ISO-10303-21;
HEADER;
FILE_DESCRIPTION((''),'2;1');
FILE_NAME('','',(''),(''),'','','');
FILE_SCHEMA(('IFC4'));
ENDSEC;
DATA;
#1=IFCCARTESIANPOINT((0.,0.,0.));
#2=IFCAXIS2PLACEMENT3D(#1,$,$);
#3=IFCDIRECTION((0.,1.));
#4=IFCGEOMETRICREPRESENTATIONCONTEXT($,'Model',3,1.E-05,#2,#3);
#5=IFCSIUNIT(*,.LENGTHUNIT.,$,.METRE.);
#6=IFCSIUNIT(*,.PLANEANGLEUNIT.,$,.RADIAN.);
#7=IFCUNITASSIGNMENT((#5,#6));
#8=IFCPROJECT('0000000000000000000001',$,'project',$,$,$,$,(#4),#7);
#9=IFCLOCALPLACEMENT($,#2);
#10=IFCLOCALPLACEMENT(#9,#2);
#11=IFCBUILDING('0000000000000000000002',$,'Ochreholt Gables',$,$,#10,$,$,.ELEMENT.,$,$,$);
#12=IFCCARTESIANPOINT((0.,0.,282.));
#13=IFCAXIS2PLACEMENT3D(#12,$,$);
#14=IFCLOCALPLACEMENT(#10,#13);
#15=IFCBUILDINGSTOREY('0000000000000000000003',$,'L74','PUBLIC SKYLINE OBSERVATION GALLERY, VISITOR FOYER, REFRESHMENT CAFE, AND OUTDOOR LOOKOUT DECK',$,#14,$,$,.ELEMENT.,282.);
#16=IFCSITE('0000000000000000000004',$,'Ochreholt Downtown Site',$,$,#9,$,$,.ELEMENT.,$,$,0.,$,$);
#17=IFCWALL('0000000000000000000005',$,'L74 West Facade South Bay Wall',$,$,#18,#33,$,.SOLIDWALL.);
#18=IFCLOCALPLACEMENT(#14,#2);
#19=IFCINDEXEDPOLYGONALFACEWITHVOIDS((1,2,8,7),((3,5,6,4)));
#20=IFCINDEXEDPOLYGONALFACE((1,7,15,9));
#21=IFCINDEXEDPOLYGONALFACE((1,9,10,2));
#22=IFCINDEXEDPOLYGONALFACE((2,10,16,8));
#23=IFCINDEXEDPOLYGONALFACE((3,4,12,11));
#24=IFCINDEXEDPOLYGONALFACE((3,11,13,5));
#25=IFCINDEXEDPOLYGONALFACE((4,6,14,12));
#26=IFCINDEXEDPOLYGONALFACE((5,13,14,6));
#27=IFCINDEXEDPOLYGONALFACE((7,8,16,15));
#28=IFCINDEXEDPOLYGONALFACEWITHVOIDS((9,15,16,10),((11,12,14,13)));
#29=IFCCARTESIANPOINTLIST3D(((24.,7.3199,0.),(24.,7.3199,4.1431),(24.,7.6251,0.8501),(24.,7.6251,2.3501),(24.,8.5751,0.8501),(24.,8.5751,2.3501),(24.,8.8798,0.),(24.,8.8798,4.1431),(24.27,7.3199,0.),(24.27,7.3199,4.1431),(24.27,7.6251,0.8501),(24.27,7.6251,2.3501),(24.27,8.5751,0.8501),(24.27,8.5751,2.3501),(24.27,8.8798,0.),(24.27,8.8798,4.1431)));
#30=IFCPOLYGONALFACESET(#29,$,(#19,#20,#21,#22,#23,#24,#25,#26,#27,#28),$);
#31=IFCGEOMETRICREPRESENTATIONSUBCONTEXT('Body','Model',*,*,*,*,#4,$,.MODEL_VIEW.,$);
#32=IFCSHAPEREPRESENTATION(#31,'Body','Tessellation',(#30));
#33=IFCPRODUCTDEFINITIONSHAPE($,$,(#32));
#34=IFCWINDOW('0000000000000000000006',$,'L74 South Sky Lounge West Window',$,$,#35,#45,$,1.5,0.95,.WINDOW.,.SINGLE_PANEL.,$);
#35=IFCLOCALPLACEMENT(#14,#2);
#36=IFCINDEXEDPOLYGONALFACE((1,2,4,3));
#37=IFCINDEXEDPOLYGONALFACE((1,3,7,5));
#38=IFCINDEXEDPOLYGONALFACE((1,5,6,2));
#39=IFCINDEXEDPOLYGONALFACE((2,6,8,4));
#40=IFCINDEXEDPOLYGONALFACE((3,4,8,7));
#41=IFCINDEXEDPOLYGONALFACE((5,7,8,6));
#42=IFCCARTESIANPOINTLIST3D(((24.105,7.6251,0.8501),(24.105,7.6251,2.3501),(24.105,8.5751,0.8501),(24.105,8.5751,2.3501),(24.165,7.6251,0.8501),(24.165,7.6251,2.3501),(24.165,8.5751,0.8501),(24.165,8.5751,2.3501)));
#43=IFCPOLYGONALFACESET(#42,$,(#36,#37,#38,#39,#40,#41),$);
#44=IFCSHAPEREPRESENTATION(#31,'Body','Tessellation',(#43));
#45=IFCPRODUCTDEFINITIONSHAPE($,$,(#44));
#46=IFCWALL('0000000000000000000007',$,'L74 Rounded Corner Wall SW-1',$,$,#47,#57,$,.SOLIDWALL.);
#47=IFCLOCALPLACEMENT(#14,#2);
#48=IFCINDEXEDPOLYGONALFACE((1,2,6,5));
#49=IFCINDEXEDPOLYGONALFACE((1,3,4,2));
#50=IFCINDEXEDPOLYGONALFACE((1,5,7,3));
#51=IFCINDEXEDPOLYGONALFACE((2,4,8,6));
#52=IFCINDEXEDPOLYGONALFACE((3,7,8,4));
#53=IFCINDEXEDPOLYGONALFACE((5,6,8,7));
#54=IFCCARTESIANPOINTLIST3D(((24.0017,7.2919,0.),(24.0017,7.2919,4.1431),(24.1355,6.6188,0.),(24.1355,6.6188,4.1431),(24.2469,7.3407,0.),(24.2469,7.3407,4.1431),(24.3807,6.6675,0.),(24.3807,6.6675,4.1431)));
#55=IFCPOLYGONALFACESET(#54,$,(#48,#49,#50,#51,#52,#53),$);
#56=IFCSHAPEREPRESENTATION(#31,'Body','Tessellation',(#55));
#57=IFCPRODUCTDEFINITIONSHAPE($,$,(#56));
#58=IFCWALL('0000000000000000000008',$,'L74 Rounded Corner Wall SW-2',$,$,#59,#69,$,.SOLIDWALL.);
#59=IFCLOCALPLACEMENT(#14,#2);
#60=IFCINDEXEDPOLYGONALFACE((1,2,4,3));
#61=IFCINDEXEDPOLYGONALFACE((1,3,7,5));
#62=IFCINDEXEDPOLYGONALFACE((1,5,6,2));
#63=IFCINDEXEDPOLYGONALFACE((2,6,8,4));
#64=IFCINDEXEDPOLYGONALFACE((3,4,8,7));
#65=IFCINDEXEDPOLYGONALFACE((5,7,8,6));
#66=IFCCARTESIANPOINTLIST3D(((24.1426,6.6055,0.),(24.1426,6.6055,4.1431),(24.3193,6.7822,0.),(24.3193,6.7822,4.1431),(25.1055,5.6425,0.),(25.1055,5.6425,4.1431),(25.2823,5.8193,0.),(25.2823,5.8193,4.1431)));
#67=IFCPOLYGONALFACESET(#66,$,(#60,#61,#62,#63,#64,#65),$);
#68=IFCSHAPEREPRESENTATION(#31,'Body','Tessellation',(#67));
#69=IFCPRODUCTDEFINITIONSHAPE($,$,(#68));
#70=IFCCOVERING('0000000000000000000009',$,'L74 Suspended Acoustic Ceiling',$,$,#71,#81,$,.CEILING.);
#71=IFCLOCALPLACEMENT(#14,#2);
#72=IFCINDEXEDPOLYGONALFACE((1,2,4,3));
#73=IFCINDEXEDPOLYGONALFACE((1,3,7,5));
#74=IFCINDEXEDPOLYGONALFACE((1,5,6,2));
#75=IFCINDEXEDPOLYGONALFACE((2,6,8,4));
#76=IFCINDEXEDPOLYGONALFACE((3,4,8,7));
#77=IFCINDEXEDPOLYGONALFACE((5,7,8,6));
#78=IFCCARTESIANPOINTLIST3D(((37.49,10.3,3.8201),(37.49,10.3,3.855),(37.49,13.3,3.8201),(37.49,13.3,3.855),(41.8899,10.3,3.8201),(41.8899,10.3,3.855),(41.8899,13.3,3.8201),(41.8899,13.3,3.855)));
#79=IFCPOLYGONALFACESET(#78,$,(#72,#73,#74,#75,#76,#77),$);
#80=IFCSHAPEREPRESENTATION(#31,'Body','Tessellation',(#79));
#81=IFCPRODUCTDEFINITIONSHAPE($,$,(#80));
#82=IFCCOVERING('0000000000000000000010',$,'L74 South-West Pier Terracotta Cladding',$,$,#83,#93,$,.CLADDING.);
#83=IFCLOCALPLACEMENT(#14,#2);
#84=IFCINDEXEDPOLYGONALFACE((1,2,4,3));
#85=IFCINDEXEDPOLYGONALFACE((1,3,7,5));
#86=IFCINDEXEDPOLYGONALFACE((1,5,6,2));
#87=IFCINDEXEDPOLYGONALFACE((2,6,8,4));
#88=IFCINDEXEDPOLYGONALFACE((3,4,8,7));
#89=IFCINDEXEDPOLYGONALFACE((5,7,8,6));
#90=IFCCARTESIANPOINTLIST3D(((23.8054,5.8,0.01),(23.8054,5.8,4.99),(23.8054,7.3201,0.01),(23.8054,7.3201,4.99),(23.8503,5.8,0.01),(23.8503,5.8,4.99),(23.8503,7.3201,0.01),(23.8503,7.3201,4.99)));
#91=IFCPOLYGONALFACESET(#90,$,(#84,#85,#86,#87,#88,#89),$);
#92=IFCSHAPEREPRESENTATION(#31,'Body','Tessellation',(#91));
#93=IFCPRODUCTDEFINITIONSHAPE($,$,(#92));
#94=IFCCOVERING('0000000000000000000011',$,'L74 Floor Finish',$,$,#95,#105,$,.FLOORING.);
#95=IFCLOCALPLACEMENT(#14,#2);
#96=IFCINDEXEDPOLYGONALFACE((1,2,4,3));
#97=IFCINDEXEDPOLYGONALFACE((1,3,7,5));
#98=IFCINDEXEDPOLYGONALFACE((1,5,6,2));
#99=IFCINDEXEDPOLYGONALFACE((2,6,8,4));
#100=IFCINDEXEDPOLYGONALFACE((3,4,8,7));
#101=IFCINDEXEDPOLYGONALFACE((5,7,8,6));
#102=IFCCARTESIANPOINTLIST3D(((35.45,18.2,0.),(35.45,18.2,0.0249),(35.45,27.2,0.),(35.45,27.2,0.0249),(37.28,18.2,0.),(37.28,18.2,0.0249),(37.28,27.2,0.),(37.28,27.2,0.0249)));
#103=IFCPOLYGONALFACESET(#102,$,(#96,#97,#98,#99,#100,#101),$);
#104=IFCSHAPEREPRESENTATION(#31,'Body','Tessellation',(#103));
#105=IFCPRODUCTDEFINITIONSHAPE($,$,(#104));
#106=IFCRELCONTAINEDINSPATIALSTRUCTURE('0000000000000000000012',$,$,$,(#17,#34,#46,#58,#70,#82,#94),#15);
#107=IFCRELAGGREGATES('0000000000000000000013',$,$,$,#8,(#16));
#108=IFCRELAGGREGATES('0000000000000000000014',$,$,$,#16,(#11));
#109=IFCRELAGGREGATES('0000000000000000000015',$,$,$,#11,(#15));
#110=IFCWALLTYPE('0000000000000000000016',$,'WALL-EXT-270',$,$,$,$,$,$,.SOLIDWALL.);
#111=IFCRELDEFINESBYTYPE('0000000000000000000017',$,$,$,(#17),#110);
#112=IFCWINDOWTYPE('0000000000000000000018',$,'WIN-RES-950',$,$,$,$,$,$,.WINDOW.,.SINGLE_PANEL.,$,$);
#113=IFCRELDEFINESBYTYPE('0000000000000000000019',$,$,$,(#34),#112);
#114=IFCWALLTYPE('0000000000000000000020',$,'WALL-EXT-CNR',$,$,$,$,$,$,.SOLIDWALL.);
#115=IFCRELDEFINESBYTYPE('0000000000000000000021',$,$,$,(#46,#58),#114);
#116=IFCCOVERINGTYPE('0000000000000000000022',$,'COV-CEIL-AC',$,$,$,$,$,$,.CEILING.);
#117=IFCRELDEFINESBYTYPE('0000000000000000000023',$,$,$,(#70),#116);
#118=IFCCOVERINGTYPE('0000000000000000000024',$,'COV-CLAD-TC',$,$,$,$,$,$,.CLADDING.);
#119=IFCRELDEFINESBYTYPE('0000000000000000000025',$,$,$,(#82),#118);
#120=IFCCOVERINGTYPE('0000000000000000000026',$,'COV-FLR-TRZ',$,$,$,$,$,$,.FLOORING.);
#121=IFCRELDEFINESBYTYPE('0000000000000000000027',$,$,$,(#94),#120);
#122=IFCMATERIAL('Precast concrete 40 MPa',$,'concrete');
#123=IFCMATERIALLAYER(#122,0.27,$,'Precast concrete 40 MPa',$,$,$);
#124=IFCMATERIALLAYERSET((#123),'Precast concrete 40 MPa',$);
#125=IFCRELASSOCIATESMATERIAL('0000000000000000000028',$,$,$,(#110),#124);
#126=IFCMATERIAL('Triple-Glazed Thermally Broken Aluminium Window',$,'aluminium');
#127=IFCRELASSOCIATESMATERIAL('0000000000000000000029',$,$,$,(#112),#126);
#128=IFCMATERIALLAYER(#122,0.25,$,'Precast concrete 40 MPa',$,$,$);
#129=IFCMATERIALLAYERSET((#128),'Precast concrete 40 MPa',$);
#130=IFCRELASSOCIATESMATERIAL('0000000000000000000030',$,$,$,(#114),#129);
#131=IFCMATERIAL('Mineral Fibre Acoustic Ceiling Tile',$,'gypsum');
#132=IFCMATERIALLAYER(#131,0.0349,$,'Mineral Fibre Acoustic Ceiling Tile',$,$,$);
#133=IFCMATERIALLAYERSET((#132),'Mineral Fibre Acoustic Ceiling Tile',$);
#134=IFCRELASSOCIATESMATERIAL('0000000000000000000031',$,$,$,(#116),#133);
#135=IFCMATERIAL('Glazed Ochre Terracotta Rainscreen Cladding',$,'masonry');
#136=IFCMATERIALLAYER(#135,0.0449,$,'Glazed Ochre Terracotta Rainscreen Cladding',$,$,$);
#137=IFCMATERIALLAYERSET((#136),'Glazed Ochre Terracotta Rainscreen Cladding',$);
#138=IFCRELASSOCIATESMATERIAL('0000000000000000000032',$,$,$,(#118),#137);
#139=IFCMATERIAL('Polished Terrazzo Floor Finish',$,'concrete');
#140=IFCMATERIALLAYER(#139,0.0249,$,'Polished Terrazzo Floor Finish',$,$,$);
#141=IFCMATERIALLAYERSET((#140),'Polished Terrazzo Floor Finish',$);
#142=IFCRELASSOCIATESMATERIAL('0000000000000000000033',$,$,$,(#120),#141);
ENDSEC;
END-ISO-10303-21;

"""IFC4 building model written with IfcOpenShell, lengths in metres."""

from ifc_helpers import new_model, si_unit, direction, frame, frame_2d, origin, origin_2d, place, context, subcontext, project, spatial, polyline, rectangle, outline, extrude, material, layer, layer_set, type_object, element, fill, save


model = new_model("IFC4")

# Units and contexts
model_context = context("Model", 3, precision=1e-05, world=origin(), true_north=direction((0.0, 1.0)))
body_context = subcontext(model_context, "Body", "Model", "MODEL_VIEW")
ifc_project = project(units=[si_unit("LENGTHUNIT", "METRE"), si_unit("PLANEANGLEUNIT", "RADIAN")], contexts=[model_context])

# Site, building, storey
site_placement = place(None, origin())
site = spatial("IfcSite", under=ifc_project, at=site_placement, Name="Ochreholt Downtown Site", CompositionType="ELEMENT", RefElevation=0.0)
building_placement = place(site_placement, origin())
building = spatial("IfcBuilding", under=site, at=building_placement, Name="Ochreholt Gables", CompositionType="ELEMENT")
storey_placement = place(building_placement, frame((0.0, 0.0, 282.0)))
storey = spatial("IfcBuildingStorey", under=building, at=storey_placement, Name="L74", Description="PUBLIC SKYLINE OBSERVATION GALLERY, VISITOR FOYER, REFRESHMENT CAFE, AND OUTDOOR LOOKOUT DECK", CompositionType="ELEMENT", Elevation=282.0)

# Shared definitions
ifc_material_1 = material(Name="Triple-Glazed Thermally Broken Aluminium Window", Category="aluminium")

# Wall, opening, window
ifc_material_2 = material(Name="Precast concrete 40 MPa", Category="concrete")
ifc_layer_1 = layer(ifc_material_2, 0.27, Name="Precast concrete 40 MPa")
ifc_layer_set_1 = layer_set([ifc_layer_1], Name="Precast concrete 40 MPa")
wall_type_1 = type_object("IfcWallType", Name="WALL-EXT-270", PredefinedType="SOLIDWALL", material=ifc_layer_set_1)
wall_1_placement = place(storey_placement, frame((24.135, 7.3201, 0.0), z_axis=(0.0, 0.0, 1.0), x_axis=(0.0, 1.0, 0.0)))
wall_1 = element("IfcWall", 1, at=wall_1_placement, inside=storey, type_object=wall_type_1, Name="L74 West Facade South Bay Wall", PredefinedType="SOLIDWALL", context=body_context, shape_type="SweptSolid", body=[
    extrude(rectangle(XDim=1.5598, YDim=0.27, at=frame_2d((0.7798, 0.0))), origin(), (0.0, 0.0, 1.0), 4.1431),
])
opening_1_placement = place(wall_1_placement, frame((0.3049, 0.0, 0.8501)))
opening_1 = element("IfcOpeningElement", 2, at=opening_1_placement, cuts=wall_1, PredefinedType="OPENING", context=body_context, shape_type="SweptSolid", body=[
    extrude(rectangle(XDim=0.95, YDim=1.5, at=frame_2d((0.4751, 0.75))), frame((0.0, 0.145, 0.0), z_axis=(0.0, -1.0, 0.0), x_axis=(1.0, 0.0, 0.0)), (0.0, 0.0, 1.0), 0.29),
])
window_type_1 = type_object("IfcWindowType", Name="WIN-RES-950", PartitioningType="SINGLE_PANEL", PredefinedType="WINDOW", material=ifc_material_1)
window_1_placement = place(opening_1_placement, origin())
window_1 = element("IfcWindow", 3, at=window_1_placement, inside=storey, type_object=window_type_1, Name="L74 South Sky Lounge West Window", OverallHeight=1.5, OverallWidth=0.95, PartitioningType="SINGLE_PANEL", PredefinedType="WINDOW", context=body_context, shape_type="SweptSolid", body=[
    extrude(rectangle(XDim=0.95, YDim=1.5, at=frame_2d((0.4751, 0.75))), frame((0.0, 0.03, 0.0), z_axis=(0.0, -1.0, 0.0), x_axis=(1.0, 0.0, 0.0)), (0.0, 0.0, 1.0), 0.0601),
])
fill(opening_1, window_1)

# Walls
ifc_layer_2 = layer(ifc_material_2, 0.25, Name="Precast concrete 40 MPa")
ifc_layer_set_2 = layer_set([ifc_layer_2], Name="Precast concrete 40 MPa")
wall_type_2 = type_object("IfcWallType", Name="WALL-EXT-CNR", PredefinedType="SOLIDWALL", material=ifc_layer_set_2)
wall_2_placement = place(storey_placement, frame((24.1243, 7.3164, 0.0), z_axis=(0.0, 0.0, 1.0), x_axis=(0.194953, -0.980813, 0.0)))
element("IfcWall", 4, at=wall_2_placement, inside=storey, type_object=wall_type_2, Name="L74 Rounded Corner Wall SW-1", PredefinedType="SOLIDWALL", context=body_context, shape_type="SweptSolid", body=[
    extrude(rectangle(XDim=0.6863, YDim=0.25, at=frame_2d((0.3433, 0.0))), origin(), (0.0, 0.0, 1.0), 4.1431),
])
wall_3_placement = place(storey_placement, frame((24.231, 6.6938, 0.0), z_axis=(0.0, 0.0, 1.0), x_axis=(0.707107, -0.707107, 0.0)))
element("IfcWall", 5, at=wall_3_placement, inside=storey, type_object=wall_type_2, Name="L74 Rounded Corner Wall SW-2", PredefinedType="SOLIDWALL", context=body_context, shape_type="SweptSolid", body=[
    extrude(rectangle(XDim=1.3618, YDim=0.25, at=frame_2d((0.6809, 0.0))), origin(), (0.0, 0.0, 1.0), 4.1431),
])

# Coverings
ifc_material_3 = material(Name="Mineral Fibre Acoustic Ceiling Tile", Category="gypsum")
ifc_layer_3 = layer(ifc_material_3, 0.0349, Name="Mineral Fibre Acoustic Ceiling Tile")
ifc_layer_set_3 = layer_set([ifc_layer_3], Name="Mineral Fibre Acoustic Ceiling Tile")
covering_type_1 = type_object("IfcCoveringType", Name="COV-CEIL-AC", PredefinedType="CEILING", material=ifc_layer_set_3)
covering_1_placement = place(storey_placement, frame((0.0, 0.0, 3.8201)))
element("IfcCovering", 6, at=covering_1_placement, inside=storey, type_object=covering_type_1, Name="L74 Suspended Acoustic Ceiling", PredefinedType="CEILING", context=body_context, shape_type="SweptSolid", body=[
    extrude(outline(polyline([(37.49, 10.3), (41.8899, 10.3), (41.8899, 13.3), (37.49, 13.3), (37.49, 10.3)])), origin(), (0.0, 0.0, 1.0), 0.0349),
])
ifc_material_4 = material(Name="Glazed Ochre Terracotta Rainscreen Cladding", Category="masonry")
ifc_layer_4 = layer(ifc_material_4, 0.0449, Name="Glazed Ochre Terracotta Rainscreen Cladding")
ifc_layer_set_4 = layer_set([ifc_layer_4], Name="Glazed Ochre Terracotta Rainscreen Cladding")
covering_type_2 = type_object("IfcCoveringType", Name="COV-CLAD-TC", PredefinedType="CLADDING", material=ifc_layer_set_4)
covering_2_placement = place(storey_placement, frame((23.8279, 6.5601, 0.01), z_axis=(0.0, 0.0, 1.0), x_axis=(0.0, 1.0, 0.0)))
element("IfcCovering", 7, at=covering_2_placement, inside=storey, type_object=covering_type_2, Name="L74 South-West Pier Terracotta Cladding", PredefinedType="CLADDING", context=body_context, shape_type="SweptSolid", body=[
    extrude(rectangle(XDim=1.52, YDim=0.0449, at=origin_2d()), origin(), (0.0, 0.0, 1.0), 4.98),
])
ifc_material_5 = material(Name="Polished Terrazzo Floor Finish", Category="concrete")
ifc_layer_5 = layer(ifc_material_5, 0.0249, Name="Polished Terrazzo Floor Finish")
ifc_layer_set_5 = layer_set([ifc_layer_5], Name="Polished Terrazzo Floor Finish")
covering_type_3 = type_object("IfcCoveringType", Name="COV-FLR-TRZ", PredefinedType="FLOORING", material=ifc_layer_set_5)
covering_3_placement = place(storey_placement, origin())
element("IfcCovering", 8, at=covering_3_placement, inside=storey, type_object=covering_type_3, Name="L74 Floor Finish", PredefinedType="FLOORING", context=body_context, shape_type="SweptSolid", body=[
    extrude(outline(polyline([(35.45, 18.2), (37.28, 18.2), (37.28, 27.2), (35.45, 27.2), (35.45, 18.2)])), origin(), (0.0, 0.0, 1.0), 0.0249),
])

save(model, "model.ifc")
